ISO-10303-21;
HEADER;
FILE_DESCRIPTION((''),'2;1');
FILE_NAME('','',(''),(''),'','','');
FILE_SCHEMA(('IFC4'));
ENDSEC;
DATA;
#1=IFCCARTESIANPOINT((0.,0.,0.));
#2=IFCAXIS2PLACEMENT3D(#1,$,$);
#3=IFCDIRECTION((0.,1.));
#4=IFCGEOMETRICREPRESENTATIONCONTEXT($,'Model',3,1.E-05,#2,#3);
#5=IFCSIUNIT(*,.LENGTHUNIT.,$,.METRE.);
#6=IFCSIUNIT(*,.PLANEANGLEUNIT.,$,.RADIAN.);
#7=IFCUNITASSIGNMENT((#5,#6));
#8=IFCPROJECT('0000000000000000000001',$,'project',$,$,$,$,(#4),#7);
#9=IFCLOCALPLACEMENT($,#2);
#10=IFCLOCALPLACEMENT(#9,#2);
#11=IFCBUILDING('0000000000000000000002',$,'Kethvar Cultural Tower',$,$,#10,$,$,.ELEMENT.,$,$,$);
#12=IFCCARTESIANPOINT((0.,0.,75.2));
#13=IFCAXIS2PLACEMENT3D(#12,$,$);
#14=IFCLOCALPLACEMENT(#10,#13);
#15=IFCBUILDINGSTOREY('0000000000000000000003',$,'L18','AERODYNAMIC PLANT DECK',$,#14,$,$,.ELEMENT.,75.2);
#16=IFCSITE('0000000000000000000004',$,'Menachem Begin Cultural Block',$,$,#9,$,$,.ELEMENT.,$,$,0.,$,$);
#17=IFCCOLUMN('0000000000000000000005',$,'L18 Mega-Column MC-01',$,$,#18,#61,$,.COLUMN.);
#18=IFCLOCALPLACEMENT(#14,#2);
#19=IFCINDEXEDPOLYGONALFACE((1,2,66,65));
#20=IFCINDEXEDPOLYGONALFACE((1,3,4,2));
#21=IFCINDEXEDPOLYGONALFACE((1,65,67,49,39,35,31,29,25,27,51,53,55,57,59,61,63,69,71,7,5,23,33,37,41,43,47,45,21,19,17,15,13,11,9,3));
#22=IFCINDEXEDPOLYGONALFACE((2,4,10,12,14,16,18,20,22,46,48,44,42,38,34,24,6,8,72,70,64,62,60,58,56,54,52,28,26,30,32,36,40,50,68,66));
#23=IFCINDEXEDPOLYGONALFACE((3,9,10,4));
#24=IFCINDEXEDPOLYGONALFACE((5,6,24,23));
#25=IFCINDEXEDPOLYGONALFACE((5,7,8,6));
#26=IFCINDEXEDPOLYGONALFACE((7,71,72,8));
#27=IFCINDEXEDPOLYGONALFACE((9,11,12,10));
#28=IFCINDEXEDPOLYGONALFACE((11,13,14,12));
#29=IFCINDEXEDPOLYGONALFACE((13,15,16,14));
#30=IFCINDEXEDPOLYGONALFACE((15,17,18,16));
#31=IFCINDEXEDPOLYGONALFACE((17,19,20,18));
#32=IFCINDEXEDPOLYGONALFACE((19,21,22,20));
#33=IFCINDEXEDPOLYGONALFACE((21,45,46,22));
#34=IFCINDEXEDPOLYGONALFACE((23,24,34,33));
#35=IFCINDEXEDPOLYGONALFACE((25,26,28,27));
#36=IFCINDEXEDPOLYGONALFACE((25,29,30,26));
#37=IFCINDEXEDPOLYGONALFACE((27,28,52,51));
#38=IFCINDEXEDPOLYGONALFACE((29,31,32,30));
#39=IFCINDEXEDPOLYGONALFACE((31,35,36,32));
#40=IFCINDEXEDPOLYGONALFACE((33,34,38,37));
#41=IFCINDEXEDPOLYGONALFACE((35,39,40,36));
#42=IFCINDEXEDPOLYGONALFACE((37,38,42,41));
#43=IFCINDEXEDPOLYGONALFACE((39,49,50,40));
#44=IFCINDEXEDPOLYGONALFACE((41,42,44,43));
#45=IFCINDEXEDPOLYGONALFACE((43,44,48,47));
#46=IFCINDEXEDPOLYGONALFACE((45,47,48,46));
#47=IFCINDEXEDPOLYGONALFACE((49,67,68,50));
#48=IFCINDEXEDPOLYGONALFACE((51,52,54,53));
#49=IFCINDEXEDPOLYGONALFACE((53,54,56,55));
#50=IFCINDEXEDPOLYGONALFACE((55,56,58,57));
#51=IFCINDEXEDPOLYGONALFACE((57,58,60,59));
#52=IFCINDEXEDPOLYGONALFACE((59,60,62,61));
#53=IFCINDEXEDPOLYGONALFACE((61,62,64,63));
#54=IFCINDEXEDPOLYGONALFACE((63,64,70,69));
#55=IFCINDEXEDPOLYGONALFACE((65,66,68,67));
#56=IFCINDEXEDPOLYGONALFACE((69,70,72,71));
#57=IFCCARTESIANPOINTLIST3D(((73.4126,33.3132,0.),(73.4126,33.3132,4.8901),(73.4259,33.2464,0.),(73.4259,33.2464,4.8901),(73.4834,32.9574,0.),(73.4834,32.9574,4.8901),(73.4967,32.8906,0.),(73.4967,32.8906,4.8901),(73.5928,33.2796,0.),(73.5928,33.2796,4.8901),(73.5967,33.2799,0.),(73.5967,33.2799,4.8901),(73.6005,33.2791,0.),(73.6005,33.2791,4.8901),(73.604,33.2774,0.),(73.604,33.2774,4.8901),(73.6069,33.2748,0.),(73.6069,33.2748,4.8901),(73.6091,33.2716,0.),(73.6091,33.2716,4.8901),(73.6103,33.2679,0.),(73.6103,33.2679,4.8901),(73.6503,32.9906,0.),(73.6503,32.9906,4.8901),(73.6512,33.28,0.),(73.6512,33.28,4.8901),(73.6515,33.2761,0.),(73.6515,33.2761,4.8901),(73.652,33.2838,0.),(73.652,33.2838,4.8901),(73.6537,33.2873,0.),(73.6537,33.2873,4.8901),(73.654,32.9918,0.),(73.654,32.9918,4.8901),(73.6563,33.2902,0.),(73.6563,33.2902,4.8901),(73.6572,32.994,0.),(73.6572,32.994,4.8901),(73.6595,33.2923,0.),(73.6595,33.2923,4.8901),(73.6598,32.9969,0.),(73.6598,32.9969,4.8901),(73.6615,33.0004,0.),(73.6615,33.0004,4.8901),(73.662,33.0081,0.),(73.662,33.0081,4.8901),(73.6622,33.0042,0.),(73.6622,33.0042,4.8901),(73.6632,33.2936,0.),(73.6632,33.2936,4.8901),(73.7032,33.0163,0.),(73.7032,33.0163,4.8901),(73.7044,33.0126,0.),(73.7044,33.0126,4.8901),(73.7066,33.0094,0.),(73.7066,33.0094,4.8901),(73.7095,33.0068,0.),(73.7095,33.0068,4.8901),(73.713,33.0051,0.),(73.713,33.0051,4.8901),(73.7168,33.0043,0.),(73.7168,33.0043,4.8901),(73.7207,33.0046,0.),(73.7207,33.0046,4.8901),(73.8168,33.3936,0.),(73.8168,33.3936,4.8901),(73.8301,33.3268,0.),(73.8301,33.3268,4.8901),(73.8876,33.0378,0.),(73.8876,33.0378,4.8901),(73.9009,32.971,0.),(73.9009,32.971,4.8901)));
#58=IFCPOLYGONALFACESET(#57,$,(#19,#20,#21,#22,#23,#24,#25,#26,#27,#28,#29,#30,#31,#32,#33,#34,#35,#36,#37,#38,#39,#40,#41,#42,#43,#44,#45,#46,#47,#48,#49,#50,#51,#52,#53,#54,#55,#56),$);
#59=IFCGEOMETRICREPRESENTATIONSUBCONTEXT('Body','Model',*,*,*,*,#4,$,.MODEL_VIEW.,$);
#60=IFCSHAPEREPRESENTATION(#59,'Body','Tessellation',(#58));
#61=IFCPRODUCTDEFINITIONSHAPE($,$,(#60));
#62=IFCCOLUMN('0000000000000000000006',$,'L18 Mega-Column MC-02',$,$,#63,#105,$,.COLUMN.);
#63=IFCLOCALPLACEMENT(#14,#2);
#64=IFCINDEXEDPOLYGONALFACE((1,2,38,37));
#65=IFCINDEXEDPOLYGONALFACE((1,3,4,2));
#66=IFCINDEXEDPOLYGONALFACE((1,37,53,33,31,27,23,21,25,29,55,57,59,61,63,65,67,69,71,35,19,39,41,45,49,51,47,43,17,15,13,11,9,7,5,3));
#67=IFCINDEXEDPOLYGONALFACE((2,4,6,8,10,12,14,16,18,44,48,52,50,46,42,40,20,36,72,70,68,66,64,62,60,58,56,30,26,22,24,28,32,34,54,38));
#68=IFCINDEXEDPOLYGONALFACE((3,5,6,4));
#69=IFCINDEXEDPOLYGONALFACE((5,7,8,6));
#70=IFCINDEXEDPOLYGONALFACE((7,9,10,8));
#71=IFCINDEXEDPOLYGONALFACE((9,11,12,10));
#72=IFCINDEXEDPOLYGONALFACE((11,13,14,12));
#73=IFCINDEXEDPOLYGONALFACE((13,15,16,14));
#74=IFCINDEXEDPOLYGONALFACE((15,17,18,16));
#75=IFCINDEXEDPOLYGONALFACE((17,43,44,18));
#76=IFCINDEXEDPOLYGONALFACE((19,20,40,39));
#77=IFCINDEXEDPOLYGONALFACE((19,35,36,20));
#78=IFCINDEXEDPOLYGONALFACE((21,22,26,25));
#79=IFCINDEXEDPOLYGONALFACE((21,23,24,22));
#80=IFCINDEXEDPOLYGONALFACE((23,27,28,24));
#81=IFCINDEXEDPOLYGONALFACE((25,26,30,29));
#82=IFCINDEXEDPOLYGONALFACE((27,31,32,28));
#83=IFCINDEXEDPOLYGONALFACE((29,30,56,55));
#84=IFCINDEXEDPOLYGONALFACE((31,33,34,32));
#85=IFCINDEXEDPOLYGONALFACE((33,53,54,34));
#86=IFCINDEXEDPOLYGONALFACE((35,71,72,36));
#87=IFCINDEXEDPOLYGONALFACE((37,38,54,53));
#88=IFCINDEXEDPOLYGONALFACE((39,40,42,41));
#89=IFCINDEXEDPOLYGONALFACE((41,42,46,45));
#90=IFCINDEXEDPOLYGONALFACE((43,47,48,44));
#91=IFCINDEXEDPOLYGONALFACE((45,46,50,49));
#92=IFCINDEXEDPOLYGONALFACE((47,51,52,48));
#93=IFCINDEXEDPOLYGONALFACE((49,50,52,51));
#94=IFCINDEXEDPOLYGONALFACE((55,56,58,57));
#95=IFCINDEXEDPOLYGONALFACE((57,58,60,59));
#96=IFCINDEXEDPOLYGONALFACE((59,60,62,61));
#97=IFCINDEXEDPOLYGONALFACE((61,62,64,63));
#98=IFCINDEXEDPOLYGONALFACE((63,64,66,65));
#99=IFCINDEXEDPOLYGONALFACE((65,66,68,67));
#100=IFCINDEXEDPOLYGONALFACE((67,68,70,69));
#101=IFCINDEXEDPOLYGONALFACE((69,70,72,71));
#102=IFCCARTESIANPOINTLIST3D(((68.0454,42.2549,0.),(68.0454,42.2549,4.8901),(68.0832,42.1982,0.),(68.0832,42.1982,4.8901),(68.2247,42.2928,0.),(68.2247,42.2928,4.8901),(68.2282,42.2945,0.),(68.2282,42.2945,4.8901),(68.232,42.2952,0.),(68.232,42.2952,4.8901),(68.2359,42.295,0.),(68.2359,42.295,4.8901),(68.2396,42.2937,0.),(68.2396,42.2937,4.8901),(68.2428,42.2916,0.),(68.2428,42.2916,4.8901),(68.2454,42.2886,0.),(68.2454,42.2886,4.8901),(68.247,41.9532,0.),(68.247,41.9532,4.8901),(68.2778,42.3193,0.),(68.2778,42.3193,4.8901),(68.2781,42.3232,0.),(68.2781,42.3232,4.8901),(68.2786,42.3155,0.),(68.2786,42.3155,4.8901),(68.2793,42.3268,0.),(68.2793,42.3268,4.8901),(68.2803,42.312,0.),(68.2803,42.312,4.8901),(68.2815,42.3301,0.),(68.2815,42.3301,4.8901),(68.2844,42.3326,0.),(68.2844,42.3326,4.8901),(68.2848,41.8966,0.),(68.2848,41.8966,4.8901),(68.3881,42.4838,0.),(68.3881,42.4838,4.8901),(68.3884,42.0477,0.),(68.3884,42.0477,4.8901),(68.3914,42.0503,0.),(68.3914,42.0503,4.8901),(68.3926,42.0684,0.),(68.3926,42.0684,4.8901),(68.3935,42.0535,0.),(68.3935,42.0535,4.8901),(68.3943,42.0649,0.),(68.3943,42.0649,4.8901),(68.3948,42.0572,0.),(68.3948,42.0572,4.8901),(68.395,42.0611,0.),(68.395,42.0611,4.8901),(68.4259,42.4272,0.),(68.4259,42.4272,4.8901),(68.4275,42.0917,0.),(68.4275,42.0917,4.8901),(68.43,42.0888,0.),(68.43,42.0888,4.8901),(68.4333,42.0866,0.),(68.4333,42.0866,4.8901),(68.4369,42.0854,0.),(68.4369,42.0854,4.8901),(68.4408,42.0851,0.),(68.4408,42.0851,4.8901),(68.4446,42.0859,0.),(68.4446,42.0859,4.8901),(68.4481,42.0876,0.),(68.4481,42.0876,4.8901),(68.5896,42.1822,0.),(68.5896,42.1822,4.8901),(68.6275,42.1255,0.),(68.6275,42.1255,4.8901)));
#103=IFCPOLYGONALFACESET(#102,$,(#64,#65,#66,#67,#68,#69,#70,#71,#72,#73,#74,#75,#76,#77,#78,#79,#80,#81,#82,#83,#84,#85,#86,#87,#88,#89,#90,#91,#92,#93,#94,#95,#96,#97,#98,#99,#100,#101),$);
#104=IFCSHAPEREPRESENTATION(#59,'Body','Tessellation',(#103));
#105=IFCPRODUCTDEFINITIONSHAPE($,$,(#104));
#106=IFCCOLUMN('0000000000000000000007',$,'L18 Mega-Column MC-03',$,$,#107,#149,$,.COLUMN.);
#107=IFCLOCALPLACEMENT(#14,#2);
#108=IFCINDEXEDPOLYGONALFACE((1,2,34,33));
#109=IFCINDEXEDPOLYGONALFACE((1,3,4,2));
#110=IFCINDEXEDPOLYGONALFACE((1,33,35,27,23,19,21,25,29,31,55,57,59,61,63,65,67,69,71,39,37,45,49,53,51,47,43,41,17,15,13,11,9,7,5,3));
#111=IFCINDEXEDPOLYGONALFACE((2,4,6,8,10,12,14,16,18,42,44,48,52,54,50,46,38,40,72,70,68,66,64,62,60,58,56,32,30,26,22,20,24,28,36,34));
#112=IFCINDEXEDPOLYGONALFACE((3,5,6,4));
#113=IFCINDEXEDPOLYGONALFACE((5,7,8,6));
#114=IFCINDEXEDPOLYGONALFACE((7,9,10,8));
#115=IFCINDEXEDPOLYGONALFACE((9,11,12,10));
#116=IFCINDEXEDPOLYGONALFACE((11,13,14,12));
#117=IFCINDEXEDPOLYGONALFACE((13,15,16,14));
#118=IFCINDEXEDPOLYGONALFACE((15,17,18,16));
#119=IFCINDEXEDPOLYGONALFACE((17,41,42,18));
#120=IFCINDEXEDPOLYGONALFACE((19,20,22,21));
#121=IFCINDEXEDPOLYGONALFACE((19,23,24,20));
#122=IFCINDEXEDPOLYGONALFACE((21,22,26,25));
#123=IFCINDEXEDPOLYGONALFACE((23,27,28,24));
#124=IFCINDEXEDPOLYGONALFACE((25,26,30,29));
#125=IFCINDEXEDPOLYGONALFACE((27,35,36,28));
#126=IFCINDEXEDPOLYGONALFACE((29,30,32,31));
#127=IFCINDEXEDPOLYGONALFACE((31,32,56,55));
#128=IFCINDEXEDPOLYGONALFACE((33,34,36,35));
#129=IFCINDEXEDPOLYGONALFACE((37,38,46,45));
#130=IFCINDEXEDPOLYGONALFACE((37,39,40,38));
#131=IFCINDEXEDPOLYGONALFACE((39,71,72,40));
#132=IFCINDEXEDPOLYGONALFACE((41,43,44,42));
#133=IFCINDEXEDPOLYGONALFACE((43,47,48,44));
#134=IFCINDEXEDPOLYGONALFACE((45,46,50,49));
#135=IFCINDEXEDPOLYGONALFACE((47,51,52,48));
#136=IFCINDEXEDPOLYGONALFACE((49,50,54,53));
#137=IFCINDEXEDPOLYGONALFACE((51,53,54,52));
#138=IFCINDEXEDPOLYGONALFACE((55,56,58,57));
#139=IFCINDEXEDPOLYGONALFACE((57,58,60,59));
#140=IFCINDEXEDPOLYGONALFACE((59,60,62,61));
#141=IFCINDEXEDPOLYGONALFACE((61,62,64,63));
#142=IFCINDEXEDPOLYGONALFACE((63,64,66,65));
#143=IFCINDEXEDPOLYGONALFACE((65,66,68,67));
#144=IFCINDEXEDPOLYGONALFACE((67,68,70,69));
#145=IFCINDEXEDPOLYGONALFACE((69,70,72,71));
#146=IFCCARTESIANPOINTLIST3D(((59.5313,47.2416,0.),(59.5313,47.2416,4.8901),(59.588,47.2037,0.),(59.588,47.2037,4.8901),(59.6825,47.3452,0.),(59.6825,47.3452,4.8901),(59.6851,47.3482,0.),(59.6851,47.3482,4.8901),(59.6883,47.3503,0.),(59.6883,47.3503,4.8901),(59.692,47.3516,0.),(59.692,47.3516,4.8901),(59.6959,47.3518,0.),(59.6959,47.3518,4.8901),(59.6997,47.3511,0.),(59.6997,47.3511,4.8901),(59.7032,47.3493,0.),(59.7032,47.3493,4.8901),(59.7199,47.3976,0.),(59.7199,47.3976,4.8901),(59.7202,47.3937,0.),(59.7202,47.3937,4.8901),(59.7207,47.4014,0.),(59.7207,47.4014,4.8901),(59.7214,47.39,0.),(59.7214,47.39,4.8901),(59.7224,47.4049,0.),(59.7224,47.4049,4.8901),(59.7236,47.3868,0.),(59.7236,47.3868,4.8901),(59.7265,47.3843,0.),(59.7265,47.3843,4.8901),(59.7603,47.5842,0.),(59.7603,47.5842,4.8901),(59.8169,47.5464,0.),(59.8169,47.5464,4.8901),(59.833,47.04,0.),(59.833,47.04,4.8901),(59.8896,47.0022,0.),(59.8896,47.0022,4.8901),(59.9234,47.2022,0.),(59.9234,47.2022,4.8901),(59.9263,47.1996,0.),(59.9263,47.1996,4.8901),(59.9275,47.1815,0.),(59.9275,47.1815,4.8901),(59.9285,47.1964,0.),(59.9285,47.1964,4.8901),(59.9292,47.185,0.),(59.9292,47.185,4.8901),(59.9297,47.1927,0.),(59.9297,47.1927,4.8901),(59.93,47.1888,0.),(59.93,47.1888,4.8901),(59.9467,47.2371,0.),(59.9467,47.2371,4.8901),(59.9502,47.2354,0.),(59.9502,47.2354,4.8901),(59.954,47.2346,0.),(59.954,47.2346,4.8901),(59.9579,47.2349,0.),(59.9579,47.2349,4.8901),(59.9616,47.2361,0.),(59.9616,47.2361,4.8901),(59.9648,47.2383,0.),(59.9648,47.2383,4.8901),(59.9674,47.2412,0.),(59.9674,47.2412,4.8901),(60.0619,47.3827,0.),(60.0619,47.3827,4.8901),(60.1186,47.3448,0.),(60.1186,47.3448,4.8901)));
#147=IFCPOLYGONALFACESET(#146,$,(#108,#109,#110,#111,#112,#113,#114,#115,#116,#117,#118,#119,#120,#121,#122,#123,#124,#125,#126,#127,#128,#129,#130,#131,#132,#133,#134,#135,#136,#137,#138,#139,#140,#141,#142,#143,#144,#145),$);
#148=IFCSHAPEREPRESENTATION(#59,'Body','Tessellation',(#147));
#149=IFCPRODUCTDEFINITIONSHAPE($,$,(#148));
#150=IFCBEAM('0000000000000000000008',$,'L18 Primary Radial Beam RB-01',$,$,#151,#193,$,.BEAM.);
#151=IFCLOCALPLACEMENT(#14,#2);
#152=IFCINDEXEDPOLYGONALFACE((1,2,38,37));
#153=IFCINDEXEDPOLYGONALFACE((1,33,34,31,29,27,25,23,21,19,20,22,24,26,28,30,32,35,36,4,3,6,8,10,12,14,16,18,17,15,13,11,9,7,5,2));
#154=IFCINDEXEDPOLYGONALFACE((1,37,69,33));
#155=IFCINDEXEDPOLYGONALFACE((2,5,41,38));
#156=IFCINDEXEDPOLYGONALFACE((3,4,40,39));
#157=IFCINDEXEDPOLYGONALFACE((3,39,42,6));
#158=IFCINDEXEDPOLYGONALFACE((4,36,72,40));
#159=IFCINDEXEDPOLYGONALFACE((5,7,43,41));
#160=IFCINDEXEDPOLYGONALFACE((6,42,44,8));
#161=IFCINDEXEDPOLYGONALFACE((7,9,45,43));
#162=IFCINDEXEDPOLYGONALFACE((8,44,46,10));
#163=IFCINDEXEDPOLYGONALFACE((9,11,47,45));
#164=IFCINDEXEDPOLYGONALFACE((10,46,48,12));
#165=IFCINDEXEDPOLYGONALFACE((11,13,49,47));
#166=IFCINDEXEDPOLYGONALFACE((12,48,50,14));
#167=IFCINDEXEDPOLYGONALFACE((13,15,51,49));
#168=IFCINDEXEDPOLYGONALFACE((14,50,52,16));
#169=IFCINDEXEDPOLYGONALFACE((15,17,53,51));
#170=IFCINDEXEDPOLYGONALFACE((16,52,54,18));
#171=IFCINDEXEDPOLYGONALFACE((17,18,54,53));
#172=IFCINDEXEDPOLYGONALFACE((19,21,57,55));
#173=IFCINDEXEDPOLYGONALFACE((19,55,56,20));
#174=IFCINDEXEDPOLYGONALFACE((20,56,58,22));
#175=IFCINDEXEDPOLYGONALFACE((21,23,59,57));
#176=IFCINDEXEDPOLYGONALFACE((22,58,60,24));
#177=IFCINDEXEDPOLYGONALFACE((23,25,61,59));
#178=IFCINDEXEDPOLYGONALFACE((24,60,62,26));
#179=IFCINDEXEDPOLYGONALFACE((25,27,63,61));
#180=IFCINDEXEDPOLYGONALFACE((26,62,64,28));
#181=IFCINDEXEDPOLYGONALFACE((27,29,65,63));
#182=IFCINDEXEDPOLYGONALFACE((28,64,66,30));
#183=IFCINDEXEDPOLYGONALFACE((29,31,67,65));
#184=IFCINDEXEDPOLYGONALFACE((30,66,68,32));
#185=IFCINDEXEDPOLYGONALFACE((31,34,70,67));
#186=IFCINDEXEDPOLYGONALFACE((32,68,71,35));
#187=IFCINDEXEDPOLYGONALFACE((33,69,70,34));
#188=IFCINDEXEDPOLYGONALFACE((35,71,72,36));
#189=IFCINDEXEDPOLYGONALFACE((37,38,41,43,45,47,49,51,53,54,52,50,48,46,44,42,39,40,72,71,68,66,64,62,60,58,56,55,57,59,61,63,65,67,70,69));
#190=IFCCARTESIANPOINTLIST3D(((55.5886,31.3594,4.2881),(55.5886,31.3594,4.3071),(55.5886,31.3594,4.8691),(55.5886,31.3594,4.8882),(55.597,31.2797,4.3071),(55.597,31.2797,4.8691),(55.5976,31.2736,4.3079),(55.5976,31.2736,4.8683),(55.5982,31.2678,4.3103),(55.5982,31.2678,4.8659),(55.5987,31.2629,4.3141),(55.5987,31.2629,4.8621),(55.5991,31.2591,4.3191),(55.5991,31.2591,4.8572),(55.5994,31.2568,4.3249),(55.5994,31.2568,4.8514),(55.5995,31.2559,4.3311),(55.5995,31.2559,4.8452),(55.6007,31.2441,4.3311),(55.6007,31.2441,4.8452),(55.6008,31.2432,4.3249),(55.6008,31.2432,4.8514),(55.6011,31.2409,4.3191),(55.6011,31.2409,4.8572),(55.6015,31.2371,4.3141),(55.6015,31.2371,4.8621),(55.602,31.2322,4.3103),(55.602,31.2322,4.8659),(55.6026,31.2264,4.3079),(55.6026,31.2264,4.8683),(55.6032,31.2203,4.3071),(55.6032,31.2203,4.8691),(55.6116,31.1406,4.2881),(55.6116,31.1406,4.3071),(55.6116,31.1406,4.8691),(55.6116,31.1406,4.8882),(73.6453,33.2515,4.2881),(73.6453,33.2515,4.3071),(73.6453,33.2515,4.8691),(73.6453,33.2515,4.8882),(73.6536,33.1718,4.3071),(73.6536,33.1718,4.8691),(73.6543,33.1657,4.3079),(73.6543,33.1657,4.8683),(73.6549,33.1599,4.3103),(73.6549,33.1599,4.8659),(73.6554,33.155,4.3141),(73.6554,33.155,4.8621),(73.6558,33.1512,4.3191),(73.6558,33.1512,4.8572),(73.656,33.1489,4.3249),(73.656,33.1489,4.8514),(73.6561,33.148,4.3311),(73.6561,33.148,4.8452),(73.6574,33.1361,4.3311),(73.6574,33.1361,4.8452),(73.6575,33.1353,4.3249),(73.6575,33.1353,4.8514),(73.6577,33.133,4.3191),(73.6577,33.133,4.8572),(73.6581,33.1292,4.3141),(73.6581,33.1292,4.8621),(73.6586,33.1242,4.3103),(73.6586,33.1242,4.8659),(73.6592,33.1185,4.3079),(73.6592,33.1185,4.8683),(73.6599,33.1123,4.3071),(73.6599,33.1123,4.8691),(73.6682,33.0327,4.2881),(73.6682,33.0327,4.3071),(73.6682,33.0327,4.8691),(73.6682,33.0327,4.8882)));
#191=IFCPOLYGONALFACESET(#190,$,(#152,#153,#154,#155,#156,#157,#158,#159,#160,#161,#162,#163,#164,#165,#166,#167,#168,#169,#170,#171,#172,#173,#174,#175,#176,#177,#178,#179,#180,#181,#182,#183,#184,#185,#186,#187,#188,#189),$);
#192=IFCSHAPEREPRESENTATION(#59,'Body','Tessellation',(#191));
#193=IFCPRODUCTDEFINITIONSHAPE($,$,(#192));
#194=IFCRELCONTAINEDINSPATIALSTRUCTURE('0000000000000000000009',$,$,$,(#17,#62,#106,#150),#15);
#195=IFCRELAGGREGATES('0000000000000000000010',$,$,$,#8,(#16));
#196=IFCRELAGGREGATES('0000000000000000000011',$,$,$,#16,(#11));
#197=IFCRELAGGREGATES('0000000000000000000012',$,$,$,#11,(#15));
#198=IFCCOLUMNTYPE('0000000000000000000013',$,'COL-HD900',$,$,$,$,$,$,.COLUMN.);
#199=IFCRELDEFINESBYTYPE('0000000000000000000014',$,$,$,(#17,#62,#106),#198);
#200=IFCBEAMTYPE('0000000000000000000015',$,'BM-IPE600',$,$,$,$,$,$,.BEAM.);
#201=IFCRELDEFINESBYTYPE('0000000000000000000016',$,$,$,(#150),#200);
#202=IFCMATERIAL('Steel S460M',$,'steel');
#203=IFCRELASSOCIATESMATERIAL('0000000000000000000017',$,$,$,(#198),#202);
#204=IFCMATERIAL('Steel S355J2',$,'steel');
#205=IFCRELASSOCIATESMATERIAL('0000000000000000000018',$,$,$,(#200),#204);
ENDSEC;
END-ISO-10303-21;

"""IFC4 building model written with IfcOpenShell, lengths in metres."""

from ifc_helpers import new_model, si_unit, direction, frame, origin, origin_2d, place, context, subcontext, project, spatial, i_section, extrude, source, transform, mapped, material, material_profile, profile_set, type_object, element, save


model = new_model("IFC4")

# Units and contexts
model_context = context("Model", 3, precision=1e-05, world=origin(), true_north=direction((0.0, 1.0)))
body_context = subcontext(model_context, "Body", "Model", "MODEL_VIEW")
ifc_project = project(units=[si_unit("LENGTHUNIT", "METRE"), si_unit("PLANEANGLEUNIT", "RADIAN")], contexts=[model_context])

# Site, building, storey
site_placement = place(None, origin())
site = spatial("IfcSite", under=ifc_project, at=site_placement, Name="Menachem Begin Cultural Block", CompositionType="ELEMENT", RefElevation=0.0)
building_placement = place(site_placement, origin())
building = spatial("IfcBuilding", under=site, at=building_placement, Name="Kethvar Cultural Tower", CompositionType="ELEMENT")
storey_placement = place(building_placement, frame((0.0, 0.0, 75.2)))
storey = spatial("IfcBuildingStorey", under=building, at=storey_placement, Name="L18", Description="AERODYNAMIC PLANT DECK", CompositionType="ELEMENT", Elevation=75.2)

# Columns
ifc_material_1 = material(Name="Steel S460M", Category="steel")
ifc_material_profile_1 = material_profile(ifc_material_1, i_section(OverallWidth=0.4121, OverallDepth=0.4309, WebThickness=0.042, FlangeThickness=0.0681, FilletRadius=0.0149, at=origin_2d()), Name="Steel S460M — HD400x900")
ifc_profile_set_1 = profile_set([ifc_material_profile_1], Name="Steel S460M — HD400x900")
column_type = type_object("IfcColumnType", Name="COL-HD900", PredefinedType="COLUMN", material=ifc_profile_set_1)
shared_shape_1 = source(origin(), body_context, "Body", "SweptSolid", [
    extrude(i_section(OverallWidth=0.4121, OverallDepth=0.4309, WebThickness=0.042, FlangeThickness=0.0681, FilletRadius=0.0149, at=origin_2d()), origin(), (0.0, 0.0, 1.0), 4.8901),
])
for number, where, z_axis, x_axis, name in (
    (1, (73.6567, 33.1421, 0.0), (0.0, 0.0, 1.0), (0.980785, 0.19509, 0.0), "L18 Mega-Column MC-01"),
    (2, (68.3364, 42.1902, 0.0), (0.0, 0.0, 1.0), (0.83147, 0.55557, 0.0), "L18 Mega-Column MC-02"),
    (3, (59.825, 47.2932, 0.0), (0.0, 0.0, 1.0), (0.55557, 0.83147, 0.0), "L18 Mega-Column MC-03"),
):
    element("IfcColumn", number, at=place(storey_placement, frame(where, z_axis=z_axis, x_axis=x_axis)), inside=storey, type_object=column_type, Name=name, PredefinedType="COLUMN", context=body_context, shape_type="MappedRepresentation", body=[
        mapped(shared_shape_1, transform((0.0, 0.0, 0.0), scale=1.0)),
    ])

# Beam
ifc_material_2 = material(Name="Steel S355J2", Category="steel")
ifc_material_profile_2 = material_profile(ifc_material_2, i_section(OverallWidth=0.22, OverallDepth=0.6001, WebThickness=0.012, FlangeThickness=0.019, FilletRadius=0.0239, at=origin_2d()), Name="Steel S355J2 — IPE600")
ifc_profile_set_2 = profile_set([ifc_material_profile_2], Name="Steel S355J2 — IPE600")
beam_type_1 = type_object("IfcBeamType", Name="BM-IPE600", PredefinedType="BEAM", material=ifc_profile_set_2)
shared_shape_2 = source(origin(), body_context, "Body", "SweptSolid", [
    extrude(i_section(OverallWidth=0.22, OverallDepth=0.6001, WebThickness=0.012, FlangeThickness=0.019, FilletRadius=0.0239, at=origin_2d()), origin(), (0.0, 0.0, 1.0), 18.1555),
])
beam_1_placement = place(storey_placement, frame((55.6001, 31.25, 4.5881), z_axis=(0.994555, 0.104216, 0.0), x_axis=(-0.104216, 0.994555, 0.0)))
element("IfcBeam", 4, at=beam_1_placement, inside=storey, type_object=beam_type_1, Name="L18 Primary Radial Beam RB-01", PredefinedType="BEAM", context=body_context, shape_type="MappedRepresentation", body=[
    mapped(shared_shape_2, transform((0.0, 0.0, 0.0), scale=1.0)),
])

save(model, "model.ifc")
